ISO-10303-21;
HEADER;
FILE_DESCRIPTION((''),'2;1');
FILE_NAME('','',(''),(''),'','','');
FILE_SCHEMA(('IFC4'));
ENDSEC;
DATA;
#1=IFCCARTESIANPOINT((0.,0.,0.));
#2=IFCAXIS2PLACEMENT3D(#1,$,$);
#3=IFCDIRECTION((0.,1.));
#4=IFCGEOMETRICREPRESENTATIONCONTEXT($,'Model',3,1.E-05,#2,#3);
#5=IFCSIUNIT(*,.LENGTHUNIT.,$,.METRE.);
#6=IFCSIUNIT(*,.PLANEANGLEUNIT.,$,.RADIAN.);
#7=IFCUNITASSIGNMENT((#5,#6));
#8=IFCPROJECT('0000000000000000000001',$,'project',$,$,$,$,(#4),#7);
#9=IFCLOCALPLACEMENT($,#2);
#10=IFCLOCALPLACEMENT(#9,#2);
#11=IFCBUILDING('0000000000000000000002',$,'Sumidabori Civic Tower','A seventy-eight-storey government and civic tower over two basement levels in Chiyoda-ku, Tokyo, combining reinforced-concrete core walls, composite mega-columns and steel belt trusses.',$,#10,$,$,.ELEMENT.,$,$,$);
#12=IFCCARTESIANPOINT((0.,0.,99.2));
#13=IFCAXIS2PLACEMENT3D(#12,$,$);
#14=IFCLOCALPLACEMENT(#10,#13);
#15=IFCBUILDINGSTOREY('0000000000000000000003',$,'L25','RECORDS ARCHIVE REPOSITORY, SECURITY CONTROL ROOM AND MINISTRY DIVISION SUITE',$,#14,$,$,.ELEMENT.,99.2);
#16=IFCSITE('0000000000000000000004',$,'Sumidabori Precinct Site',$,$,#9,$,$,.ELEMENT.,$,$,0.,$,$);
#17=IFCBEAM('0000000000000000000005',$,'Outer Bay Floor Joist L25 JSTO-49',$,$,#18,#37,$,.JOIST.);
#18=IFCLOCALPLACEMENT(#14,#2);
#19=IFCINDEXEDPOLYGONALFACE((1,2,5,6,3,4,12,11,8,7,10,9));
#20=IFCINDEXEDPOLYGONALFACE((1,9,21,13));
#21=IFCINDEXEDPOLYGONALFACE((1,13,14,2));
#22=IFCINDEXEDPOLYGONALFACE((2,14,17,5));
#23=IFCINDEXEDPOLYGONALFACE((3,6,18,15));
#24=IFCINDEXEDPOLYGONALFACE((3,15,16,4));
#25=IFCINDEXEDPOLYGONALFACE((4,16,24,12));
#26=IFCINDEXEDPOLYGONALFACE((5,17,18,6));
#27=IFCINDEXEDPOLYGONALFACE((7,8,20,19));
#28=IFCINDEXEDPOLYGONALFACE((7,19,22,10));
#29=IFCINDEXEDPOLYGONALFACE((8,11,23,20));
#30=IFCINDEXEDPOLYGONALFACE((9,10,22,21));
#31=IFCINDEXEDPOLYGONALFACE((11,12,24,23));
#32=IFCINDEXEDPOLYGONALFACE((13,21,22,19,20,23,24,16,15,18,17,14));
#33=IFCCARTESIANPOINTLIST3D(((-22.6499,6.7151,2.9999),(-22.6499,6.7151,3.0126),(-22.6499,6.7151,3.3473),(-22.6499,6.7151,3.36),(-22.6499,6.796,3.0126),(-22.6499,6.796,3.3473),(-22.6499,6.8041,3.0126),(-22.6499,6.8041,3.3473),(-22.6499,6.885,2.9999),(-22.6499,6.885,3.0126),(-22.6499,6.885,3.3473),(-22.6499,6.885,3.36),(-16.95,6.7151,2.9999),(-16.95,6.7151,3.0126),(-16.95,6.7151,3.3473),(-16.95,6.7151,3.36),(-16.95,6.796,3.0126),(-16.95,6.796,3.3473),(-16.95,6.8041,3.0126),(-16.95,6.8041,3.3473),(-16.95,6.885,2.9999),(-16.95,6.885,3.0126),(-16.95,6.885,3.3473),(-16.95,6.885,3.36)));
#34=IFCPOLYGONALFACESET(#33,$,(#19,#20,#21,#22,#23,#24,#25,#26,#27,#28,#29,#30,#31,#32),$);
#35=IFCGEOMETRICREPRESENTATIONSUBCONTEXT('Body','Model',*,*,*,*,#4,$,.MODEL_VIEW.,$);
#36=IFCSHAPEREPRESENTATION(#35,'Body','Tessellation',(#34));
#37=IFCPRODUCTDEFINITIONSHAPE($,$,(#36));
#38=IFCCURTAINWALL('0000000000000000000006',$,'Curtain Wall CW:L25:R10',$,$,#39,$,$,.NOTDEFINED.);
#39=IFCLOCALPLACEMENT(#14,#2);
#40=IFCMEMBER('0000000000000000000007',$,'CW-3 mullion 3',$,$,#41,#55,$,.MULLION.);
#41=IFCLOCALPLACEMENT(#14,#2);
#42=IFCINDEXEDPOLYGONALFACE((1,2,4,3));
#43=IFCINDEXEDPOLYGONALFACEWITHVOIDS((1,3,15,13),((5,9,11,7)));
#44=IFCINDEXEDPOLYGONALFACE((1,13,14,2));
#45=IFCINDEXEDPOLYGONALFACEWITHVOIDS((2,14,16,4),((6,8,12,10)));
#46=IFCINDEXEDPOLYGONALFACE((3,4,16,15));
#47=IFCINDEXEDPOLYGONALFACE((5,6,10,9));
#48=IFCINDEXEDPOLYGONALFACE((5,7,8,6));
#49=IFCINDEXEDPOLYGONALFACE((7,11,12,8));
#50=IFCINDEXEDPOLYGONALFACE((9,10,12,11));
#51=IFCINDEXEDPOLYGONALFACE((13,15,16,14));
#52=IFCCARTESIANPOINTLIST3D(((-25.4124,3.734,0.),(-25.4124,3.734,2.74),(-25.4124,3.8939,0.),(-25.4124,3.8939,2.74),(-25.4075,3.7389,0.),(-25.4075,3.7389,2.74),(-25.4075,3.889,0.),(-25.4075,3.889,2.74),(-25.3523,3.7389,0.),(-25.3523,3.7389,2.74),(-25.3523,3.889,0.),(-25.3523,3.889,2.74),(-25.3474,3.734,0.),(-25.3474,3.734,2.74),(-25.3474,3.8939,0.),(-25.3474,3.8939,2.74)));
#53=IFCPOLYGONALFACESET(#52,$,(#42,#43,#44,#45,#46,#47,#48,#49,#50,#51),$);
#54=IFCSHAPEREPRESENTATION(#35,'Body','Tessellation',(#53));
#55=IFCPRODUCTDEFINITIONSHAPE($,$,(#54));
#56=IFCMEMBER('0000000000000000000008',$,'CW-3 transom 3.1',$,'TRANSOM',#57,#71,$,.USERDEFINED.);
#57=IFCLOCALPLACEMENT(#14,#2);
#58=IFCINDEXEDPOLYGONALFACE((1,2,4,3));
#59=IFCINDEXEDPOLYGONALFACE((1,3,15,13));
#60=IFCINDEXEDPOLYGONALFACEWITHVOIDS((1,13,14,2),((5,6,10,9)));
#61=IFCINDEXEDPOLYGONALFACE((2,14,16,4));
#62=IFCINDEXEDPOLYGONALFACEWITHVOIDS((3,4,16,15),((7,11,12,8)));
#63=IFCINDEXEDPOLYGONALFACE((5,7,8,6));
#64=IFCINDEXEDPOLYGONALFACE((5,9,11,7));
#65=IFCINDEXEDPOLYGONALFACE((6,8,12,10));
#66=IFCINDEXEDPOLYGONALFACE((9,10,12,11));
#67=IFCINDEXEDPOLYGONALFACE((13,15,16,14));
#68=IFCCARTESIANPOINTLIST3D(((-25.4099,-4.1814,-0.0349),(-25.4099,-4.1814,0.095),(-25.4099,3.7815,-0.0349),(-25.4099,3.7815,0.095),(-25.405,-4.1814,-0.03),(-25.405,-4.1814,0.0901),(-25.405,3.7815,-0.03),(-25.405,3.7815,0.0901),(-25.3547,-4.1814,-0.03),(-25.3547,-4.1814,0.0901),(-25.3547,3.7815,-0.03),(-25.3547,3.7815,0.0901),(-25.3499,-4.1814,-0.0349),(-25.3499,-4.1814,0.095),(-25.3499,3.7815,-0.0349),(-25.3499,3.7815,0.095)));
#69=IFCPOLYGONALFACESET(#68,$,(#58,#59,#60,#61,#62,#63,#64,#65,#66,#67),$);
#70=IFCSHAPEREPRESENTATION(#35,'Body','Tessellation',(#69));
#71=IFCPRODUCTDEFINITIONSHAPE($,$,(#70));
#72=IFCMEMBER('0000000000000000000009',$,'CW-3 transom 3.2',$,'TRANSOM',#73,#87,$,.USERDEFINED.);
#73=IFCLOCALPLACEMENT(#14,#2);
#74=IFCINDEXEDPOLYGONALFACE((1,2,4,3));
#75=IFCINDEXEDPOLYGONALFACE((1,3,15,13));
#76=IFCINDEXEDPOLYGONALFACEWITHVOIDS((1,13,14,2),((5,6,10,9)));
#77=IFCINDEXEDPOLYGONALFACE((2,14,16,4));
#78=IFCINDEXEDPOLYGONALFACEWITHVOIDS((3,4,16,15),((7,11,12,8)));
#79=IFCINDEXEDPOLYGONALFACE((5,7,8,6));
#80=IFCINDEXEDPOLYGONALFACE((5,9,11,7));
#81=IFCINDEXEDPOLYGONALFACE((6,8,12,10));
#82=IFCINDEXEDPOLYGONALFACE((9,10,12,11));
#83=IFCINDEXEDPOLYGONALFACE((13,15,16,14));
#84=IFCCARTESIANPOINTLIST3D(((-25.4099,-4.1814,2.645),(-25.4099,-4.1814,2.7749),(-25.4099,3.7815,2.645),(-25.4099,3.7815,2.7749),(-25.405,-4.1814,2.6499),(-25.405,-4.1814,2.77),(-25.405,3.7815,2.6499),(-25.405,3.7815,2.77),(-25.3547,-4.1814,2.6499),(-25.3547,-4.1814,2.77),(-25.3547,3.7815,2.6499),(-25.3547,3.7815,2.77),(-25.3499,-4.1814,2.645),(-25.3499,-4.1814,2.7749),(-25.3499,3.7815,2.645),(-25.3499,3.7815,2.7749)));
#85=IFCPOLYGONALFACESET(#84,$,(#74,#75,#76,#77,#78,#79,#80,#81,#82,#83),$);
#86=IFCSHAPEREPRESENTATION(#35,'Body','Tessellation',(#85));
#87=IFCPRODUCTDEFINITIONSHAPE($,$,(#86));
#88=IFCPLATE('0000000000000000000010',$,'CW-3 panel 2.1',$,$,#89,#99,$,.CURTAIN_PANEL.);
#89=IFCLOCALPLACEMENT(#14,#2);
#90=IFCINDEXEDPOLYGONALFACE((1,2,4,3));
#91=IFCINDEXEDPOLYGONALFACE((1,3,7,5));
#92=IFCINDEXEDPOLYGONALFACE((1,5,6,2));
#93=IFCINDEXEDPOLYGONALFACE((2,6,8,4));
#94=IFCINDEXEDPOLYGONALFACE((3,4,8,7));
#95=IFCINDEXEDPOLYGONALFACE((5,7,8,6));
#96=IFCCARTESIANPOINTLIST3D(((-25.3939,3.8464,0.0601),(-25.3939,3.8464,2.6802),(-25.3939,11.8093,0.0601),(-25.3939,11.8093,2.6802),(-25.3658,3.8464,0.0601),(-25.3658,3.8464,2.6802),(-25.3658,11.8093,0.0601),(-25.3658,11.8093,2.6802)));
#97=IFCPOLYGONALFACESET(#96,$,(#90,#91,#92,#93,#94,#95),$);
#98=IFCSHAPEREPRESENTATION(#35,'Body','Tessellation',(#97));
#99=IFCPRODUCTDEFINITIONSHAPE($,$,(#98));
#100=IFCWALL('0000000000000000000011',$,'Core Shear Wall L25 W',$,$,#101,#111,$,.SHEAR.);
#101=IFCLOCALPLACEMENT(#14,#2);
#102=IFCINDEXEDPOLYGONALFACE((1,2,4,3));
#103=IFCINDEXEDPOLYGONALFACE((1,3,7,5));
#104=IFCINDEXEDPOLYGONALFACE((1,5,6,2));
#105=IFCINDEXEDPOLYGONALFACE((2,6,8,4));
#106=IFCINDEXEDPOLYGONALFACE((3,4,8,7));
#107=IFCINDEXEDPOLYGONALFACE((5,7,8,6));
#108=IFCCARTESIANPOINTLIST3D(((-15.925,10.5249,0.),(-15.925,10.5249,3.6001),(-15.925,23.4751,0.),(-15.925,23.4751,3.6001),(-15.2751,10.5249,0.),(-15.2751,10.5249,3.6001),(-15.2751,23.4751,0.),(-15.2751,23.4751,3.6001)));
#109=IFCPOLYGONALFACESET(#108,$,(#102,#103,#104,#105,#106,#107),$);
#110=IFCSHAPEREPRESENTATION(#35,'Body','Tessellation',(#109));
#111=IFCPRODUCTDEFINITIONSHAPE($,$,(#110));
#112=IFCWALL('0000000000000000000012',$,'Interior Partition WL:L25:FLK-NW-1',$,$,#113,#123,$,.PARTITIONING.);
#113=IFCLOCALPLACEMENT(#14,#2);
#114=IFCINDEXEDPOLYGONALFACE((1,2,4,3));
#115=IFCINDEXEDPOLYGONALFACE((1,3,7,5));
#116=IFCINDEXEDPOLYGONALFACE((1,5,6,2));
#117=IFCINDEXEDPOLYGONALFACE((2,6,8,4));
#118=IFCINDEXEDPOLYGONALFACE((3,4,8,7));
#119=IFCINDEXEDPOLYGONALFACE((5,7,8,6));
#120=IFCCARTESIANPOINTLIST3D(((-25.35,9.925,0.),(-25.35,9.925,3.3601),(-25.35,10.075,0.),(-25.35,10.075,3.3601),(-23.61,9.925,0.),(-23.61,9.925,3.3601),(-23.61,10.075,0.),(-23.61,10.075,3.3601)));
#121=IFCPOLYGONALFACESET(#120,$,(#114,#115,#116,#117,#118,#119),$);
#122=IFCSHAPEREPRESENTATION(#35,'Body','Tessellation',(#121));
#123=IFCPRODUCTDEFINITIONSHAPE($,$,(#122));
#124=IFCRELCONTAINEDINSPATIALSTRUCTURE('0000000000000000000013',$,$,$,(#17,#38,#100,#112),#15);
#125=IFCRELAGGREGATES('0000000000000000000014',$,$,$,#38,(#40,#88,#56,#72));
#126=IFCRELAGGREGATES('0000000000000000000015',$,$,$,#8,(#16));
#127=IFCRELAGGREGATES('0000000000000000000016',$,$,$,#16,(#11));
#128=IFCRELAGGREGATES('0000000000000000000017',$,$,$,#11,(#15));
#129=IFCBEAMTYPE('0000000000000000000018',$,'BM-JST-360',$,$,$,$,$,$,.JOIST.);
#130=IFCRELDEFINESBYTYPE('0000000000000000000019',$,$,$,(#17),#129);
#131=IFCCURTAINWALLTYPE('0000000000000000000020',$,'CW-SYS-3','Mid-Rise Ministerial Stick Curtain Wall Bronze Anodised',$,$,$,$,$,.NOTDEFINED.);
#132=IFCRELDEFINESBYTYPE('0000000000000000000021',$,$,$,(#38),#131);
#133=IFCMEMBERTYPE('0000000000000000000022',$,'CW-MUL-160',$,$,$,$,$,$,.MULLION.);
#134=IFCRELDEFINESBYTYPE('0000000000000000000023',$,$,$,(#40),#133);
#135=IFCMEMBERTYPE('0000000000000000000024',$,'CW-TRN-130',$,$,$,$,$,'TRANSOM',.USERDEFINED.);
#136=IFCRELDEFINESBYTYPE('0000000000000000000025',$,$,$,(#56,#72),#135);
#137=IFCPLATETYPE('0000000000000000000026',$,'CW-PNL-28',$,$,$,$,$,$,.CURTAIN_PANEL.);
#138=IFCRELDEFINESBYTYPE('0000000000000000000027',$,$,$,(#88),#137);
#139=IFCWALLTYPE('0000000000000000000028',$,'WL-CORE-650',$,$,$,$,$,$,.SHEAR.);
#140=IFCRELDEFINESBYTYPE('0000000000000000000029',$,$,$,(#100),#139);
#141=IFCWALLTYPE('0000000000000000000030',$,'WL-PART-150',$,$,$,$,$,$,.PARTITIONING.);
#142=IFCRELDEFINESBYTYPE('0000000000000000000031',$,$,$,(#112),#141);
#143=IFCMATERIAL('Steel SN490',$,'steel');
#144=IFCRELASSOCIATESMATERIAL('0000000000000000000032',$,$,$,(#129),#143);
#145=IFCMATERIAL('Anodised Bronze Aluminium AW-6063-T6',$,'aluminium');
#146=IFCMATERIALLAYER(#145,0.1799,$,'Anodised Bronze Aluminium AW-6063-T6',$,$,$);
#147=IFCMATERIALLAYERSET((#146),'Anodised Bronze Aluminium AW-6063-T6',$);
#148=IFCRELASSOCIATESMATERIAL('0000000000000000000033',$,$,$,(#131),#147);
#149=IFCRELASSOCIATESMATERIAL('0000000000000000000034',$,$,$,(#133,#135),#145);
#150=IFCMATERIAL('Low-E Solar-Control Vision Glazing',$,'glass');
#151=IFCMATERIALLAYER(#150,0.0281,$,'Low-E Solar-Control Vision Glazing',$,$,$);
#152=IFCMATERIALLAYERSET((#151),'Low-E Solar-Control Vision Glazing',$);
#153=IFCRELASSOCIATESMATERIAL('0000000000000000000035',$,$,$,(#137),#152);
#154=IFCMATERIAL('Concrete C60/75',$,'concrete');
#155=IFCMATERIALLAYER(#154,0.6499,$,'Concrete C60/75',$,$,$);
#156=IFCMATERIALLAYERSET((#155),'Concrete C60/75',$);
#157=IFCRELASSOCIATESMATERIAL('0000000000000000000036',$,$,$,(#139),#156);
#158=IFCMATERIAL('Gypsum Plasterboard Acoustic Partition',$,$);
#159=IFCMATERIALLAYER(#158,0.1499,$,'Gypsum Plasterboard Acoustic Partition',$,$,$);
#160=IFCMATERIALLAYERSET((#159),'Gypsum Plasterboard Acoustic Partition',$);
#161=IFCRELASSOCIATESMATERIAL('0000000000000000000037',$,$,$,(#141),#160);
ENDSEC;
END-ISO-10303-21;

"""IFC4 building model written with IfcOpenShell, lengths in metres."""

from ifc_helpers import new_model, si_unit, direction, frame, frame_2d, origin, origin_2d, place, context, subcontext, project, spatial, rectangle, hollow_rectangle, i_section, extrude, source, transform, mapped, material, layer, layer_set, material_profile, profile_set, type_object, element, aggregate, save


model = new_model("IFC4")

# Units and contexts
model_context = context("Model", 3, precision=1e-05, world=origin(), true_north=direction((0.0, 1.0)))
body_context = subcontext(model_context, "Body", "Model", "MODEL_VIEW")
ifc_project = project(units=[si_unit("LENGTHUNIT", "METRE"), si_unit("PLANEANGLEUNIT", "RADIAN")], contexts=[model_context])

# Site, building, storey
site_placement = place(None, origin())
site = spatial("IfcSite", under=ifc_project, at=site_placement, Name="Sumidabori Precinct Site", CompositionType="ELEMENT", RefElevation=0.0)
building_placement = place(site_placement, origin())
building = spatial("IfcBuilding", under=site, at=building_placement, Name="Sumidabori Civic Tower", Description="A seventy-eight-storey government and civic tower over two basement levels in Chiyoda-ku, Tokyo, combining reinforced-concrete core walls, composite mega-columns and steel belt trusses.", CompositionType="ELEMENT")
storey_placement = place(building_placement, frame((0.0, 0.0, 99.2)))
storey = spatial("IfcBuildingStorey", under=building, at=storey_placement, Name="L25", Description="RECORDS ARCHIVE REPOSITORY, SECURITY CONTROL ROOM AND MINISTRY DIVISION SUITE", CompositionType="ELEMENT", Elevation=99.2)

# Shared definitions
ifc_material_1 = material(Name="Concrete C60/75", Category="concrete")

# Beam
ifc_material_2 = material(Name="Steel SN490", Category="steel")
ifc_material_profile_1 = material_profile(ifc_material_2, i_section(OverallWidth=0.1699, OverallDepth=0.3601, WebThickness=0.0081, FlangeThickness=0.0127, at=origin_2d()), Name="IPE 360")
ifc_profile_set_1 = profile_set([ifc_material_profile_1], Name="Steel SN490")
beam_type_1 = type_object("IfcBeamType", Name="BM-JST-360", PredefinedType="JOIST", material=ifc_profile_set_1)
shared_shape_1 = source(origin(), body_context, "Body", "SweptSolid", [
    extrude(i_section(OverallWidth=0.1699, OverallDepth=0.3601, WebThickness=0.0081, FlangeThickness=0.0127, at=origin_2d()), origin(), (0.0, 0.0, 1.0), 5.7),
])
for number, where, z_axis, x_axis, name in (
    (1, (-22.6499, 6.8, 3.1799), (1.0, 0.0, 0.0), (0.0, 1.0, 0.0), "Outer Bay Floor Joist L25 JSTO-49"),
):
    element("IfcBeam", number, at=place(storey_placement, frame(where, z_axis=z_axis, x_axis=x_axis)), inside=storey, type_object=beam_type_1, Name=name, PredefinedType="JOIST", context=body_context, shape_type="MappedRepresentation", body=[
        mapped(shared_shape_1, transform((0.0, 0.0, 0.0), x_axis=(1.0, 0.0, 0.0), y_axis=(0.0, 1.0, 0.0), z_axis=(0.0, 0.0, 1.0), scale=1.0)),
    ])

# Curtain wall, members, plate
ifc_material_3 = material(Name="Anodised Bronze Aluminium AW-6063-T6", Category="aluminium")
ifc_layer_1 = layer(ifc_material_3, 0.1799, Name="Anodised Bronze Aluminium AW-6063-T6")
ifc_layer_set_1 = layer_set([ifc_layer_1], Name="Anodised Bronze Aluminium AW-6063-T6")
curtain_wall_type = type_object("IfcCurtainWallType", Name="CW-SYS-3", Description="Mid-Rise Ministerial Stick Curtain Wall Bronze Anodised", PredefinedType="NOTDEFINED", material=ifc_layer_set_1)
curtain_wall_placement = place(storey_placement, origin())
curtain_wall = element("IfcCurtainWall", 2, at=curtain_wall_placement, inside=storey, type_object=curtain_wall_type, Name="Curtain Wall CW:L25:R10", PredefinedType="NOTDEFINED")
ifc_material_profile_2 = material_profile(ifc_material_3, hollow_rectangle(XDim=0.0649, YDim=0.1599, WallThickness=0.0049, at=origin_2d()), Name="ALU MULLION 160x65")
ifc_profile_set_2 = profile_set([ifc_material_profile_2], Name="Anodised Bronze Aluminium AW-6063-T6")
member_type_1 = type_object("IfcMemberType", Name="CW-MUL-160", PredefinedType="MULLION", material=ifc_profile_set_2)
shared_shape_2 = source(origin(), body_context, "Body", "SweptSolid", [
    extrude(hollow_rectangle(XDim=0.0649, YDim=0.1599, WallThickness=0.0049, at=origin_2d()), origin(), (0.0, 0.0, 1.0), 2.74),
])
member_1_placement = place(storey_placement, frame((-25.3799, 3.814, 0.0), z_axis=(0.0, 0.0, 1.0), x_axis=(1.0, 0.0, 0.0)))
member_1 = element("IfcMember", 3, at=member_1_placement, type_object=member_type_1, Name="CW-3 mullion 3", PredefinedType="MULLION", context=body_context, shape_type="MappedRepresentation", body=[
    mapped(shared_shape_2, transform((0.0, 0.0, 0.0), x_axis=(1.0, 0.0, 0.0), y_axis=(0.0, 1.0, 0.0), z_axis=(0.0, 0.0, 1.0), scale=1.0)),
])
ifc_material_profile_3 = material_profile(ifc_material_3, hollow_rectangle(XDim=0.0601, YDim=0.1299, WallThickness=0.0049, at=origin_2d()), Name="ALU TRANSOM 130x60")
ifc_profile_set_3 = profile_set([ifc_material_profile_3], Name="Anodised Bronze Aluminium AW-6063-T6")
member_type_2 = type_object("IfcMemberType", Name="CW-TRN-130", ElementType="TRANSOM", PredefinedType="USERDEFINED", material=ifc_profile_set_3)
shared_shape_3 = source(origin(), body_context, "Body", "SweptSolid", [
    extrude(hollow_rectangle(XDim=0.0601, YDim=0.1299, WallThickness=0.0049, at=origin_2d()), origin(), (0.0, 0.0, 1.0), 7.9629),
])
member_2_placement = place(storey_placement, frame((-25.3799, 3.7815, 0.03), z_axis=(0.0, -1.0, 0.0), x_axis=(1.0, 0.0, 0.0)))
member_2 = element("IfcMember", 4, at=member_2_placement, type_object=member_type_2, Name="CW-3 transom 3.1", ObjectType="TRANSOM", PredefinedType="USERDEFINED", context=body_context, shape_type="MappedRepresentation", body=[
    mapped(shared_shape_3, transform((0.0, 0.0, 0.0), x_axis=(1.0, 0.0, 0.0), y_axis=(0.0, 1.0, 0.0), z_axis=(0.0, 0.0, 1.0), scale=1.0)),
])
member_3_placement = place(storey_placement, frame((-25.3799, 3.7815, 2.71), z_axis=(0.0, -1.0, 0.0), x_axis=(1.0, 0.0, 0.0)))
member_3 = element("IfcMember", 5, at=member_3_placement, type_object=member_type_2, Name="CW-3 transom 3.2", ObjectType="TRANSOM", PredefinedType="USERDEFINED", context=body_context, shape_type="MappedRepresentation", body=[
    mapped(shared_shape_3, transform((0.0, 0.0, 0.0), x_axis=(1.0, 0.0, 0.0), y_axis=(0.0, 1.0, 0.0), z_axis=(0.0, 0.0, 1.0), scale=1.0)),
])
ifc_material_4 = material(Name="Low-E Solar-Control Vision Glazing", Category="glass")
ifc_layer_2 = layer(ifc_material_4, 0.0281, Name="Low-E Solar-Control Vision Glazing")
ifc_layer_set_2 = layer_set([ifc_layer_2], Name="Low-E Solar-Control Vision Glazing")
plate_type = type_object("IfcPlateType", Name="CW-PNL-28", PredefinedType="CURTAIN_PANEL", material=ifc_layer_set_2)
shared_shape_4 = source(origin(), body_context, "Body", "SweptSolid", [
    extrude(rectangle(XDim=7.9629, YDim=0.0281, at=origin_2d()), origin(), (0.0, 0.0, 1.0), 2.6201),
])
plate_placement = place(storey_placement, frame((-25.3799, 7.8279, 0.0601), z_axis=(0.0, 0.0, 1.0), x_axis=(0.0, -1.0, 0.0)))
plate = element("IfcPlate", 6, at=plate_placement, type_object=plate_type, Name="CW-3 panel 2.1", PredefinedType="CURTAIN_PANEL", context=body_context, shape_type="MappedRepresentation", body=[
    mapped(shared_shape_4, transform((0.0, 0.0, 0.0), x_axis=(1.0, 0.0, 0.0), y_axis=(0.0, 1.0, 0.0), z_axis=(0.0, 0.0, 1.0), scale=1.0)),
])
aggregate(curtain_wall, [member_1, plate, member_2, member_3])

# Shared definitions
ifc_layer_3 = layer(ifc_material_1, 0.6499, Name="Concrete C60/75")
ifc_layer_set_3 = layer_set([ifc_layer_3], Name="Concrete C60/75")
wall_type_1 = type_object("IfcWallType", Name="WL-CORE-650", PredefinedType="SHEAR", material=ifc_layer_set_3)

# Walls
shared_shape_5 = source(origin(), body_context, "Body", "SweptSolid", [
    extrude(rectangle(XDim=12.9502, YDim=0.6499, at=frame_2d((6.4751, 0.0))), origin(), (0.0, 0.0, 1.0), 3.6001),
])
wall_1_placement = place(storey_placement, frame((-15.6001, 10.5249, 0.0), z_axis=(0.0, 0.0, 1.0), x_axis=(0.0, 1.0, 0.0)))
element("IfcWall", 7, at=wall_1_placement, inside=storey, type_object=wall_type_1, Name="Core Shear Wall L25 W", PredefinedType="SHEAR", context=body_context, shape_type="MappedRepresentation", body=[
    mapped(shared_shape_5, transform((0.0, 0.0, 0.0), x_axis=(1.0, 0.0, 0.0), y_axis=(0.0, 1.0, 0.0), z_axis=(0.0, 0.0, 1.0), scale=1.0)),
])
ifc_material_5 = material(Name="Gypsum Plasterboard Acoustic Partition")
ifc_layer_4 = layer(ifc_material_5, 0.1499, Name="Gypsum Plasterboard Acoustic Partition")
ifc_layer_set_4 = layer_set([ifc_layer_4], Name="Gypsum Plasterboard Acoustic Partition")
wall_type_2 = type_object("IfcWallType", Name="WL-PART-150", PredefinedType="PARTITIONING", material=ifc_layer_set_4)
shared_shape_6 = source(origin(), body_context, "Body", "SweptSolid", [
    extrude(rectangle(XDim=1.74, YDim=0.1499, at=frame_2d((0.8701, 0.0))), origin(), (0.0, 0.0, 1.0), 3.3601),
])
wall_2_placement = place(storey_placement, frame((-25.3501, 10.0, 0.0), z_axis=(0.0, 0.0, 1.0), x_axis=(1.0, 0.0, 0.0)))
element("IfcWall", 8, at=wall_2_placement, inside=storey, type_object=wall_type_2, Name="Interior Partition WL:L25:FLK-NW-1", PredefinedType="PARTITIONING", context=body_context, shape_type="MappedRepresentation", body=[
    mapped(shared_shape_6, transform((0.0, 0.0, 0.0), x_axis=(1.0, 0.0, 0.0), y_axis=(0.0, 1.0, 0.0), z_axis=(0.0, 0.0, 1.0), scale=1.0)),
])

save(model, "model.ifc")
